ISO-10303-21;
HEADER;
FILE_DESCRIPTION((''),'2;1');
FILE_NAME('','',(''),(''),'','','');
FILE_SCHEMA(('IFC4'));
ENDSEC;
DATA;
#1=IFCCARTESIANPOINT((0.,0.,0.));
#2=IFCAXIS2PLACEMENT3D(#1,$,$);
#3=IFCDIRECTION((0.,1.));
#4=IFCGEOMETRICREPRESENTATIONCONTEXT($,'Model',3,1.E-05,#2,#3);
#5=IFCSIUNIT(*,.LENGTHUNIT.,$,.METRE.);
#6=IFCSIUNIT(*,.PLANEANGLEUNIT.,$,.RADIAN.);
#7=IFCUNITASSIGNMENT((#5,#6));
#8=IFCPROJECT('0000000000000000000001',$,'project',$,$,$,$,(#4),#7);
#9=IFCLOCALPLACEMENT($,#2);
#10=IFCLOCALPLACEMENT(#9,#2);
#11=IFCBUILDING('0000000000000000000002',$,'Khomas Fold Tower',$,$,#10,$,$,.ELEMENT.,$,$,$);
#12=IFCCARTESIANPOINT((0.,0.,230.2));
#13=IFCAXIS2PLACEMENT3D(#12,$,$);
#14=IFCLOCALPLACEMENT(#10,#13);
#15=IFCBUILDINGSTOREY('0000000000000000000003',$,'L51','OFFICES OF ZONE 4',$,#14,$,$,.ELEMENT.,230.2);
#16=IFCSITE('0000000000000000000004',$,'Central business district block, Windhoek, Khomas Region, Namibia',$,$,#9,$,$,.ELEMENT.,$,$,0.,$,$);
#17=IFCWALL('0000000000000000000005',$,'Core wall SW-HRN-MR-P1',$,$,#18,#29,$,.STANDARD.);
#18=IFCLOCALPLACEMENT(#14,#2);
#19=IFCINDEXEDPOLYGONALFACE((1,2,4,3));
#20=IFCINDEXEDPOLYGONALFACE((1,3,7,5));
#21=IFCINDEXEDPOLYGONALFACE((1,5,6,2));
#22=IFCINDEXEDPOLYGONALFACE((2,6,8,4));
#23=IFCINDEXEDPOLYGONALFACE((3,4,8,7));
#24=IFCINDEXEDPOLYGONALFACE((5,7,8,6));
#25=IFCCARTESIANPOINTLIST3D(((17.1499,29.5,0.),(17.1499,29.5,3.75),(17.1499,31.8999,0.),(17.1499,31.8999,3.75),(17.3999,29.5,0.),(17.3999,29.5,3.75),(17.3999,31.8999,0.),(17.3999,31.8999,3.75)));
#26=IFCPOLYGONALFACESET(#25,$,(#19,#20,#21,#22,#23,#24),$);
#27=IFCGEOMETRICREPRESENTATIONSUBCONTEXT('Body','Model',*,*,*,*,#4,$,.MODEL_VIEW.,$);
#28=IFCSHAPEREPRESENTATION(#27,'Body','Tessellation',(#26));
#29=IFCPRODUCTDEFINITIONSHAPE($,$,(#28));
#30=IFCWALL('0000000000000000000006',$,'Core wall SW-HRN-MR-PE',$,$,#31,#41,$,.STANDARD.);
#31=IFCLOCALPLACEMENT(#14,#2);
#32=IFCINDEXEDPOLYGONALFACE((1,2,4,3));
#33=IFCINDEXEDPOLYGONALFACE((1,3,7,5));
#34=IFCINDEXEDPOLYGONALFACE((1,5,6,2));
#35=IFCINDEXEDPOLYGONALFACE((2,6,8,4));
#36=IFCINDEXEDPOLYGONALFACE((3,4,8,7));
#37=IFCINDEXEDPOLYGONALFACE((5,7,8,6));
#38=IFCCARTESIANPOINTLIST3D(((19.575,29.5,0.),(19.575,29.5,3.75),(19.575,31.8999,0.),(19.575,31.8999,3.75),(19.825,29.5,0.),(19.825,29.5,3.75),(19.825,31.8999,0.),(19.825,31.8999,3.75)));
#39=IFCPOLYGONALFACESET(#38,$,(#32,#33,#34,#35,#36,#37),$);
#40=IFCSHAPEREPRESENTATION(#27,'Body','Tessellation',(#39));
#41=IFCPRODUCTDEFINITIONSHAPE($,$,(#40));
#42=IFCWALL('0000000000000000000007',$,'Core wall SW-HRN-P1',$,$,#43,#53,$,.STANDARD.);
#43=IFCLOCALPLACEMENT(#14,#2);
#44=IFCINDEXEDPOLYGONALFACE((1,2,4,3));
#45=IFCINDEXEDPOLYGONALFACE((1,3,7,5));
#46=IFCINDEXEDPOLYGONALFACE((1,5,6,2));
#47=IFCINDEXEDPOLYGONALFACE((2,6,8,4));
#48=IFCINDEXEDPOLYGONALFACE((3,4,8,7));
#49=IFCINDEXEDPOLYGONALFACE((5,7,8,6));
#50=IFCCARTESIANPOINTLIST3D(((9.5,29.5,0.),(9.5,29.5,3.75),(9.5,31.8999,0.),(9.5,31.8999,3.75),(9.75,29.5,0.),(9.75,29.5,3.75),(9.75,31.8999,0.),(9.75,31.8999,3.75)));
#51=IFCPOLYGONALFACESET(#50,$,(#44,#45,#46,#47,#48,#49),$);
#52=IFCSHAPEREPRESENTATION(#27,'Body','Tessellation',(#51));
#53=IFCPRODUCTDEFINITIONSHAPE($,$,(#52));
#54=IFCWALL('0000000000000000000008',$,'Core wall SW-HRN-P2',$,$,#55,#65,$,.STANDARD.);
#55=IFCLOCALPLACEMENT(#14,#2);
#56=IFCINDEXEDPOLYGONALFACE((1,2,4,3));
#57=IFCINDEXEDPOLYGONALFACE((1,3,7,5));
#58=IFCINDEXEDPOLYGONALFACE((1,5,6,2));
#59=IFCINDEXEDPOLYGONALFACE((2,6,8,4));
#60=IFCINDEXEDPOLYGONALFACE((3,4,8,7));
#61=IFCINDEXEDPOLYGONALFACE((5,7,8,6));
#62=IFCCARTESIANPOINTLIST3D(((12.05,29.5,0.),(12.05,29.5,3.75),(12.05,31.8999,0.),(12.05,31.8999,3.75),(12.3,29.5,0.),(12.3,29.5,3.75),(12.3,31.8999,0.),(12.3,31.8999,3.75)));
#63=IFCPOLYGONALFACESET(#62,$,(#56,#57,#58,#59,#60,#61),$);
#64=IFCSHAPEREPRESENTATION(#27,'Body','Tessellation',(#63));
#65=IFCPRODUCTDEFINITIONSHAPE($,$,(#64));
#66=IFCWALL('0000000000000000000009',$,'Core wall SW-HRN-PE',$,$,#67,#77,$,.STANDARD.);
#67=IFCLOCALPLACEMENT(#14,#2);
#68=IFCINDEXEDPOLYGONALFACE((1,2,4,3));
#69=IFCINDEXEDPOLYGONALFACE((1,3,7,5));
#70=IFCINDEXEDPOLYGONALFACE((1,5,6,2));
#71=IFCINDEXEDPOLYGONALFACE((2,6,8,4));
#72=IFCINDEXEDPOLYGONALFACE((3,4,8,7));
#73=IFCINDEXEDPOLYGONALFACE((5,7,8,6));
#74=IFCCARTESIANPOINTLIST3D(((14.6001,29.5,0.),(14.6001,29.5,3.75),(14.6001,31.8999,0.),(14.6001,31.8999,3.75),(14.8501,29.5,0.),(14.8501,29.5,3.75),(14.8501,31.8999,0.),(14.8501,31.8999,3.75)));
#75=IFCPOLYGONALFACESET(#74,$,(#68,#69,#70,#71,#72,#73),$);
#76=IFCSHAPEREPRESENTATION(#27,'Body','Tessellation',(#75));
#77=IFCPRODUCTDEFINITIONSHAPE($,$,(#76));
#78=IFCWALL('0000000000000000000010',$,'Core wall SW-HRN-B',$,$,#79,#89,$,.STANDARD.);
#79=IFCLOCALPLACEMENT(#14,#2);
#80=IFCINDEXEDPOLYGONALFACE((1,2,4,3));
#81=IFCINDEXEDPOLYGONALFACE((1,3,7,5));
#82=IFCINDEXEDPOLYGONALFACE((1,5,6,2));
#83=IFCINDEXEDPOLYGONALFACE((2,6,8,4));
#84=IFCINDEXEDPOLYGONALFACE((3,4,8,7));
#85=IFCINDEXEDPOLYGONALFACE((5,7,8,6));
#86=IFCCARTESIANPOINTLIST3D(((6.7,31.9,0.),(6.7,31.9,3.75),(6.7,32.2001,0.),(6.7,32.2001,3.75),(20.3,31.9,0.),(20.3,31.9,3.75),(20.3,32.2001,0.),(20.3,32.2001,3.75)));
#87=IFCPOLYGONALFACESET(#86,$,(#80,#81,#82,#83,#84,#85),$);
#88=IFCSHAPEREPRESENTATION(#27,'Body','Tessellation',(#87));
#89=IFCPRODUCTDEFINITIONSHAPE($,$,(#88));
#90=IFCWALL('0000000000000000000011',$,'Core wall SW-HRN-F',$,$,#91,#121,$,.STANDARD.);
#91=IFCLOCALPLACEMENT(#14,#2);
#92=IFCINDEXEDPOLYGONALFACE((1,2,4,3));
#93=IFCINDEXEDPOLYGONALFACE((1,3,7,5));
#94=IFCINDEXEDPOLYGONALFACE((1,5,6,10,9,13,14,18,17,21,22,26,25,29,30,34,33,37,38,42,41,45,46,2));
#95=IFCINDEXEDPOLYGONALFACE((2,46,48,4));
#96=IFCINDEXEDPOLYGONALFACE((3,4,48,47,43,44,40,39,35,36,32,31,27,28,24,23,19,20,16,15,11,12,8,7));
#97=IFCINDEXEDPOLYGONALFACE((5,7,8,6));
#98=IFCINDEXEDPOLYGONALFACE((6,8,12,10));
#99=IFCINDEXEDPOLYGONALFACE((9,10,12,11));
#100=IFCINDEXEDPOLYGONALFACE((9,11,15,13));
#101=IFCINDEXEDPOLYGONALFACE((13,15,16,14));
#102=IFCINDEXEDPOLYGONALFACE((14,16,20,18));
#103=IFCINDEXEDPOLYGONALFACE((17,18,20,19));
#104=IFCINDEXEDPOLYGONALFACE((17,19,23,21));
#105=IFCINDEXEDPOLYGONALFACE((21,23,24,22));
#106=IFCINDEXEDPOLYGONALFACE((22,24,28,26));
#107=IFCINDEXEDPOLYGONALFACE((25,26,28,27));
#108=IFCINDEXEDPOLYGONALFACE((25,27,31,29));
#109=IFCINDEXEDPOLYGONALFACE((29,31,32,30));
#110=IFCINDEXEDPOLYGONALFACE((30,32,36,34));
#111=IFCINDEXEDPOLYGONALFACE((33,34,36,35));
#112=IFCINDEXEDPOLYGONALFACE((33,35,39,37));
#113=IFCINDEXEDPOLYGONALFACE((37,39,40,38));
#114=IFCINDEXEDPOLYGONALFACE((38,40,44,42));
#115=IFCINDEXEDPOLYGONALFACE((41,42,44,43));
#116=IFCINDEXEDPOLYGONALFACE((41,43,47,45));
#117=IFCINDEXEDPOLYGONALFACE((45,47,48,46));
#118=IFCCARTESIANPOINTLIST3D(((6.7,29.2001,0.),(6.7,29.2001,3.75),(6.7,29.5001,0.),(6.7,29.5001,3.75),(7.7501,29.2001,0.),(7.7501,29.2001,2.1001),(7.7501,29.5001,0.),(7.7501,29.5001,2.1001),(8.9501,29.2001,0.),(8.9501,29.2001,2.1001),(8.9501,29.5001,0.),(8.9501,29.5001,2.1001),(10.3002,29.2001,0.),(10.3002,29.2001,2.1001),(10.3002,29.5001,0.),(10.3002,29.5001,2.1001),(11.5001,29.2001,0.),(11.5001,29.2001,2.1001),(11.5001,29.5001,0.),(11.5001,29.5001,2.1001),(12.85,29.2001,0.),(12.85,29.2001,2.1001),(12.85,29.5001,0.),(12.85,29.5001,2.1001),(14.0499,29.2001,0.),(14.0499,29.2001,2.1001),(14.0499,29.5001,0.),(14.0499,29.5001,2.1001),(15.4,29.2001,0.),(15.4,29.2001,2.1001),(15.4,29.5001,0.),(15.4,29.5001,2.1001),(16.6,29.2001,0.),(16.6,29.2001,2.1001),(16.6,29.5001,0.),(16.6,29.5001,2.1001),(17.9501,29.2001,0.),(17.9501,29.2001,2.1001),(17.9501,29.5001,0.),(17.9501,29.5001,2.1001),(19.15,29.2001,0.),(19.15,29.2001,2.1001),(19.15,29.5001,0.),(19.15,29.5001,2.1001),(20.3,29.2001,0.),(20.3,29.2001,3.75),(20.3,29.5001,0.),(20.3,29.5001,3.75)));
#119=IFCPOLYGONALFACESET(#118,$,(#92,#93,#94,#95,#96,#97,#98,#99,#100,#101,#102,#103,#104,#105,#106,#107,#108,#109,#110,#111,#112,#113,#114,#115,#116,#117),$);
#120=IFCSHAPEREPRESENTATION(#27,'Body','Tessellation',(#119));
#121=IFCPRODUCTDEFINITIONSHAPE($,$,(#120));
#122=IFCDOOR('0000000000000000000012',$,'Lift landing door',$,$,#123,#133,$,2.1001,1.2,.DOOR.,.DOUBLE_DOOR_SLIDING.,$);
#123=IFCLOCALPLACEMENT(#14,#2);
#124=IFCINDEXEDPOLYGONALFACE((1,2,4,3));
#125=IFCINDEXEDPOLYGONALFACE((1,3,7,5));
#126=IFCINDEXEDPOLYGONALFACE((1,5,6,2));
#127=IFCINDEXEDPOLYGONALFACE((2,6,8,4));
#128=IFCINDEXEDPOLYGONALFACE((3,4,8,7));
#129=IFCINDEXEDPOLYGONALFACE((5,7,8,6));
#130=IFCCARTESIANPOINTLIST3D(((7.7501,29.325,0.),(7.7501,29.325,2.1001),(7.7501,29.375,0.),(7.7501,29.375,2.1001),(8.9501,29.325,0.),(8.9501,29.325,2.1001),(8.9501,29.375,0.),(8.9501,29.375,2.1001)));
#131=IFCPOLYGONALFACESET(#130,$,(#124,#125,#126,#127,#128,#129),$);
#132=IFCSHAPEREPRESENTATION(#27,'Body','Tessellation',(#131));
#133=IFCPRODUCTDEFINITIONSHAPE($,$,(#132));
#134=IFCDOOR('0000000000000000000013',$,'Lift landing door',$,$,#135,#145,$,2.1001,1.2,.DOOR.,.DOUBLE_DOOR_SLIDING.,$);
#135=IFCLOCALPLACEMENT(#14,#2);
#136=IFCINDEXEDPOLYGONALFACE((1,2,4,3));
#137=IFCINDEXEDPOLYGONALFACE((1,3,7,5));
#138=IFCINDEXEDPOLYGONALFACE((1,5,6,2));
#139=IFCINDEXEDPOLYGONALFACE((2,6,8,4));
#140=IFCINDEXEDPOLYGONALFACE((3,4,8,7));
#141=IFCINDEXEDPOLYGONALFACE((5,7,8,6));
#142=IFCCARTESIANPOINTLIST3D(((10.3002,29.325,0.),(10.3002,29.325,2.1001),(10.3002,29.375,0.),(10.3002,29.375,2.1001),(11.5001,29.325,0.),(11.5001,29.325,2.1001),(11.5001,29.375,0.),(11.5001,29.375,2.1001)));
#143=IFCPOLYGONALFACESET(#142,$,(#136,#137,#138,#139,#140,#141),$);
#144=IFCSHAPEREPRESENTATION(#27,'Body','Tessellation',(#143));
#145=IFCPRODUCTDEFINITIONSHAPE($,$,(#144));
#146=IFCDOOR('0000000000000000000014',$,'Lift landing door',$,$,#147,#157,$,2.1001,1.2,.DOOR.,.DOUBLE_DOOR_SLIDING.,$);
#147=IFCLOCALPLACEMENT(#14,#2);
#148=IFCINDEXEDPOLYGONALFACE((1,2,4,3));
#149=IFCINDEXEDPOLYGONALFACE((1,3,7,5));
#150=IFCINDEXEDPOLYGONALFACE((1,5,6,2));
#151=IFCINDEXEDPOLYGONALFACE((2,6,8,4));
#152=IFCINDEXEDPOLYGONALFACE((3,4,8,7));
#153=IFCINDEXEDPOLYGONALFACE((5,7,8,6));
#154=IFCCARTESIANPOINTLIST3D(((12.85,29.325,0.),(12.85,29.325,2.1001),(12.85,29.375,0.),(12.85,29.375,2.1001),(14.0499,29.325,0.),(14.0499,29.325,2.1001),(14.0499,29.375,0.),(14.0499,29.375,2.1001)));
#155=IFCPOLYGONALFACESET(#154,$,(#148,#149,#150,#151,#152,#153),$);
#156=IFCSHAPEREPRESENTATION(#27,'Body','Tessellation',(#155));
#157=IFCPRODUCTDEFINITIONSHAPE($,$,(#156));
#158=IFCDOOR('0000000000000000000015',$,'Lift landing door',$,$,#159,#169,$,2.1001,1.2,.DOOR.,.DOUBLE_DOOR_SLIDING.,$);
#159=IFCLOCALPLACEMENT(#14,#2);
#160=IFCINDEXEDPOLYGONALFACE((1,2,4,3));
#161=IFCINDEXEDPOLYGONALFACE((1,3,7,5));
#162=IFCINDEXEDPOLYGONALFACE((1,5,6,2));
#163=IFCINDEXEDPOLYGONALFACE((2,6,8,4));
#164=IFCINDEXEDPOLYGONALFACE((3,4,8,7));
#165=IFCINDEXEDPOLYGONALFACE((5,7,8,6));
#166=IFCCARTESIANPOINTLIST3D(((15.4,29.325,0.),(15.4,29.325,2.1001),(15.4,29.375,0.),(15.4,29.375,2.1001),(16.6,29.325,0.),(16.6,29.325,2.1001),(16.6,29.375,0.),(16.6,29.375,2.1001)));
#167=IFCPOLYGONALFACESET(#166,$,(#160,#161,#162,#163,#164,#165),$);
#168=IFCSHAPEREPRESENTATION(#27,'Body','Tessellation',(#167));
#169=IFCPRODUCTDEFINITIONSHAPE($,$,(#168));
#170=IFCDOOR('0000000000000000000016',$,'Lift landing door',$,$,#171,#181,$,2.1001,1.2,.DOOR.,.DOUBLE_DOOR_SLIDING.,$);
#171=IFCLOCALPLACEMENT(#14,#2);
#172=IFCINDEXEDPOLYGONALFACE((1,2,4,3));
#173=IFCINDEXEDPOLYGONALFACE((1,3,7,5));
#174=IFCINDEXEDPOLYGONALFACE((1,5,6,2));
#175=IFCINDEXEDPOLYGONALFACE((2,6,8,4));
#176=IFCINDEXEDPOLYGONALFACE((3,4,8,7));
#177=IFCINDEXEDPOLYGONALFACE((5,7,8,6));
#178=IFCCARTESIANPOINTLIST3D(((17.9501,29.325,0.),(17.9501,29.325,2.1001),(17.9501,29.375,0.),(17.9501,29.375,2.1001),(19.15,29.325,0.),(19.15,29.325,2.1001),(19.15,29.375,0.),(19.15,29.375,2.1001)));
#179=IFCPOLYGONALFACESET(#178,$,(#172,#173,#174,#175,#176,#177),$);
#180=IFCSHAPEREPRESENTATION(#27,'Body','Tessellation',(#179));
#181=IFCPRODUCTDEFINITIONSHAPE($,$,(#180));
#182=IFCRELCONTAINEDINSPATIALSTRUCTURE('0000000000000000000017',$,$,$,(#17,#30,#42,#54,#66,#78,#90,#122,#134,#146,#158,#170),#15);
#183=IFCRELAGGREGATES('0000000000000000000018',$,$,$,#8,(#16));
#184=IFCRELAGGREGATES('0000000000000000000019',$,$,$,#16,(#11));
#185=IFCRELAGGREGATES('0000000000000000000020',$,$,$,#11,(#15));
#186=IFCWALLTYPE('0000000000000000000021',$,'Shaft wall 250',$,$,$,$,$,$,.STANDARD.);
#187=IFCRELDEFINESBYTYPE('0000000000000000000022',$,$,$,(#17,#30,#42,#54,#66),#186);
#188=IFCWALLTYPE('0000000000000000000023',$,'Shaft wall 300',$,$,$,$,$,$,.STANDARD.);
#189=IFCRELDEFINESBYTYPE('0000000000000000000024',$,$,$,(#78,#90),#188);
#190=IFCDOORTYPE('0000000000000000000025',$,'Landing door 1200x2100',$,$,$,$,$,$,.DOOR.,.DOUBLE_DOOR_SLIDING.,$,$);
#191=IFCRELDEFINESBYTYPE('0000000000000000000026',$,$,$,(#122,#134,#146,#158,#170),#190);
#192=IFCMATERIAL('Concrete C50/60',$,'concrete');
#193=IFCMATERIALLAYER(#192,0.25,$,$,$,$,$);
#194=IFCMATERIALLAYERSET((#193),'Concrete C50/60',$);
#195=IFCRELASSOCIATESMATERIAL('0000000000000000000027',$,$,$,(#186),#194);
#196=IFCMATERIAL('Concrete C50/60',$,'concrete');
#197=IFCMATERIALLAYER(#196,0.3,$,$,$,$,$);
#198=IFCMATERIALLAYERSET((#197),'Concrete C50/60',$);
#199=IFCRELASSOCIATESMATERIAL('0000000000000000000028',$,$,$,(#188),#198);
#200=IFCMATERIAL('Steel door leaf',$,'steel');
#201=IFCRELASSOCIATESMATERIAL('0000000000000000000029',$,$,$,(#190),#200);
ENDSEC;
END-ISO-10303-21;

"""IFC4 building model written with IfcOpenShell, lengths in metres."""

from ifc_helpers import new_model, si_unit, direction, frame, frame_2d, origin, place, context, subcontext, project, spatial, rectangle, extrude, source, transform, mapped, material, layer, layer_set, type_object, element, fill, save


model = new_model("IFC4")

# Units and contexts
model_context = context("Model", 3, precision=1e-05, world=origin(), true_north=direction((0.0, 1.0)))
body_context = subcontext(model_context, "Body", "Model", "MODEL_VIEW")
ifc_project = project(units=[si_unit("LENGTHUNIT", "METRE"), si_unit("PLANEANGLEUNIT", "RADIAN")], contexts=[model_context])

# Site, building, storey
site_placement = place(None, origin())
site = spatial("IfcSite", under=ifc_project, at=site_placement, Name="Central business district block, Windhoek, Khomas Region, Namibia", CompositionType="ELEMENT", RefElevation=0.0)
building_placement = place(site_placement, origin())
building = spatial("IfcBuilding", under=site, at=building_placement, Name="Khomas Fold Tower", CompositionType="ELEMENT")
storey_placement = place(building_placement, frame((0.0, 0.0, 230.2)))
storey = spatial("IfcBuildingStorey", under=building, at=storey_placement, Name="L51", Description="OFFICES OF ZONE 4", CompositionType="ELEMENT", Elevation=230.2)

# Walls
ifc_material_1 = material(Name="Concrete C50/60", Category="concrete")
ifc_layer_1 = layer(ifc_material_1, 0.25)
ifc_layer_set_1 = layer_set([ifc_layer_1], Name="Concrete C50/60")
wall_type_1 = type_object("IfcWallType", Name="Shaft wall 250", PredefinedType="STANDARD", material=ifc_layer_set_1)
shared_shape_1 = source(origin(), body_context, "Body", "SweptSolid", [
    extrude(rectangle(XDim=2.3999, YDim=0.25, at=frame_2d((1.2, 0.0))), origin(), (0.0, 0.0, 1.0), 3.75),
])
for number, where, z_axis, x_axis, name in (
    (1, (17.2749, 29.5, 0.0), (0.0, 0.0, 1.0), (0.0, 1.0, 0.0), "Core wall SW-HRN-MR-P1"),
    (2, (19.7, 29.5, 0.0), (0.0, 0.0, 1.0), (0.0, 1.0, 0.0), "Core wall SW-HRN-MR-PE"),
    (3, (9.625, 29.5, 0.0), (0.0, 0.0, 1.0), (0.0, 1.0, 0.0), "Core wall SW-HRN-P1"),
    (4, (12.175, 29.5, 0.0), (0.0, 0.0, 1.0), (0.0, 1.0, 0.0), "Core wall SW-HRN-P2"),
    (5, (14.7251, 29.5, 0.0), (0.0, 0.0, 1.0), (0.0, 1.0, 0.0), "Core wall SW-HRN-PE"),
):
    element("IfcWall", number, at=place(storey_placement, frame(where, z_axis=z_axis, x_axis=x_axis)), inside=storey, type_object=wall_type_1, Name=name, PredefinedType="STANDARD", context=body_context, shape_type="MappedRepresentation", body=[
        mapped(shared_shape_1, transform((0.0, 0.0, 0.0))),
    ])
ifc_material_2 = material(Name="Concrete C50/60", Category="concrete")
ifc_layer_2 = layer(ifc_material_2, 0.3)
ifc_layer_set_2 = layer_set([ifc_layer_2], Name="Concrete C50/60")
wall_type_2 = type_object("IfcWallType", Name="Shaft wall 300", PredefinedType="STANDARD", material=ifc_layer_set_2)
shared_shape_2 = source(origin(), body_context, "Body", "SweptSolid", [
    extrude(rectangle(XDim=13.6001, YDim=0.3, at=frame_2d((6.8, 0.0))), origin(), (0.0, 0.0, 1.0), 3.75),
])
wall_1_placement = place(storey_placement, frame((6.7, 32.05, 0.0), z_axis=(0.0, 0.0, 1.0), x_axis=(1.0, 0.0, 0.0)))
element("IfcWall", 6, at=wall_1_placement, inside=storey, type_object=wall_type_2, Name="Core wall SW-HRN-B", PredefinedType="STANDARD", context=body_context, shape_type="MappedRepresentation", body=[
    mapped(shared_shape_2, transform((0.0, 0.0, 0.0))),
])

# Wall, openings, doors
wall_2_placement = place(storey_placement, frame((6.7, 29.3501, 0.0), z_axis=(0.0, 0.0, 1.0), x_axis=(1.0, 0.0, 0.0)))
wall_2 = element("IfcWall", 7, at=wall_2_placement, inside=storey, type_object=wall_type_2, Name="Core wall SW-HRN-F", PredefinedType="STANDARD", context=body_context, shape_type="MappedRepresentation", body=[
    mapped(shared_shape_2, transform((0.0, 0.0, 0.0))),
])
shared_shape_3 = source(origin(), body_context, "Body", "SweptSolid", [
    extrude(rectangle(XDim=1.2, YDim=2.1001, at=frame_2d((0.6001, 1.05))), frame((0.0, 0.1599, 0.0), z_axis=(0.0, -1.0, 0.0), x_axis=(1.0, 0.0, 0.0)), (0.0, 0.0, 1.0), 0.3201),
])
opening_1_placement = place(wall_2_placement, frame((1.05, 0.0, 0.0)))
opening_1 = element("IfcOpeningElement", 8, at=opening_1_placement, cuts=wall_2, PredefinedType="OPENING", context=body_context, shape_type="MappedRepresentation", body=[
    mapped(shared_shape_3, transform((0.0, 0.0, 0.0))),
])
opening_2_placement = place(wall_2_placement, frame((3.6001, 0.0, 0.0)))
opening_2 = element("IfcOpeningElement", 9, at=opening_2_placement, cuts=wall_2, PredefinedType="OPENING", context=body_context, shape_type="MappedRepresentation", body=[
    mapped(shared_shape_3, transform((0.0, 0.0, 0.0))),
])
opening_3_placement = place(wall_2_placement, frame((6.1499, 0.0, 0.0)))
opening_3 = element("IfcOpeningElement", 10, at=opening_3_placement, cuts=wall_2, PredefinedType="OPENING", context=body_context, shape_type="MappedRepresentation", body=[
    mapped(shared_shape_3, transform((0.0, 0.0, 0.0))),
])
opening_4_placement = place(wall_2_placement, frame((8.7, 0.0, 0.0)))
opening_4 = element("IfcOpeningElement", 11, at=opening_4_placement, cuts=wall_2, PredefinedType="OPENING", context=body_context, shape_type="MappedRepresentation", body=[
    mapped(shared_shape_3, transform((0.0, 0.0, 0.0))),
])
opening_5_placement = place(wall_2_placement, frame((11.25, 0.0, 0.0)))
opening_5 = element("IfcOpeningElement", 12, at=opening_5_placement, cuts=wall_2, PredefinedType="OPENING", context=body_context, shape_type="MappedRepresentation", body=[
    mapped(shared_shape_3, transform((0.0, 0.0, 0.0))),
])
ifc_material_3 = material(Name="Steel door leaf", Category="steel")
door_type = type_object("IfcDoorType", Name="Landing door 1200x2100", OperationType="DOUBLE_DOOR_SLIDING", PredefinedType="DOOR", material=ifc_material_3)
shared_shape_4 = source(origin(), body_context, "Body", "SweptSolid", [
    extrude(rectangle(XDim=1.2, YDim=2.1001, at=frame_2d((0.6001, 1.05))), frame((0.0, 0.0249, 0.0), z_axis=(0.0, -1.0, 0.0), x_axis=(1.0, 0.0, 0.0)), (0.0, 0.0, 1.0), 0.05),
])
door_1_placement = place(opening_1_placement, origin())
door_1 = element("IfcDoor", 13, at=door_1_placement, inside=storey, type_object=door_type, Name="Lift landing door", OperationType="DOUBLE_DOOR_SLIDING", OverallHeight=2.1001, OverallWidth=1.2, PredefinedType="DOOR", context=body_context, shape_type="MappedRepresentation", body=[
    mapped(shared_shape_4, transform((0.0, 0.0, 0.0))),
])
fill(opening_1, door_1)
door_2_placement = place(opening_2_placement, origin())
door_2 = element("IfcDoor", 14, at=door_2_placement, inside=storey, type_object=door_type, Name="Lift landing door", OperationType="DOUBLE_DOOR_SLIDING", OverallHeight=2.1001, OverallWidth=1.2, PredefinedType="DOOR", context=body_context, shape_type="MappedRepresentation", body=[
    mapped(shared_shape_4, transform((0.0, 0.0, 0.0))),
])
fill(opening_2, door_2)
door_3_placement = place(opening_3_placement, origin())
door_3 = element("IfcDoor", 15, at=door_3_placement, inside=storey, type_object=door_type, Name="Lift landing door", OperationType="DOUBLE_DOOR_SLIDING", OverallHeight=2.1001, OverallWidth=1.2, PredefinedType="DOOR", context=body_context, shape_type="MappedRepresentation", body=[
    mapped(shared_shape_4, transform((0.0, 0.0, 0.0))),
])
fill(opening_3, door_3)
door_4_placement = place(opening_4_placement, origin())
door_4 = element("IfcDoor", 16, at=door_4_placement, inside=storey, type_object=door_type, Name="Lift landing door", OperationType="DOUBLE_DOOR_SLIDING", OverallHeight=2.1001, OverallWidth=1.2, PredefinedType="DOOR", context=body_context, shape_type="MappedRepresentation", body=[
    mapped(shared_shape_4, transform((0.0, 0.0, 0.0))),
])
fill(opening_4, door_4)
door_5_placement = place(opening_5_placement, origin())
door_5 = element("IfcDoor", 17, at=door_5_placement, inside=storey, type_object=door_type, Name="Lift landing door", OperationType="DOUBLE_DOOR_SLIDING", OverallHeight=2.1001, OverallWidth=1.2, PredefinedType="DOOR", context=body_context, shape_type="MappedRepresentation", body=[
    mapped(shared_shape_4, transform((0.0, 0.0, 0.0))),
])
fill(opening_5, door_5)

save(model, "model.ifc")
